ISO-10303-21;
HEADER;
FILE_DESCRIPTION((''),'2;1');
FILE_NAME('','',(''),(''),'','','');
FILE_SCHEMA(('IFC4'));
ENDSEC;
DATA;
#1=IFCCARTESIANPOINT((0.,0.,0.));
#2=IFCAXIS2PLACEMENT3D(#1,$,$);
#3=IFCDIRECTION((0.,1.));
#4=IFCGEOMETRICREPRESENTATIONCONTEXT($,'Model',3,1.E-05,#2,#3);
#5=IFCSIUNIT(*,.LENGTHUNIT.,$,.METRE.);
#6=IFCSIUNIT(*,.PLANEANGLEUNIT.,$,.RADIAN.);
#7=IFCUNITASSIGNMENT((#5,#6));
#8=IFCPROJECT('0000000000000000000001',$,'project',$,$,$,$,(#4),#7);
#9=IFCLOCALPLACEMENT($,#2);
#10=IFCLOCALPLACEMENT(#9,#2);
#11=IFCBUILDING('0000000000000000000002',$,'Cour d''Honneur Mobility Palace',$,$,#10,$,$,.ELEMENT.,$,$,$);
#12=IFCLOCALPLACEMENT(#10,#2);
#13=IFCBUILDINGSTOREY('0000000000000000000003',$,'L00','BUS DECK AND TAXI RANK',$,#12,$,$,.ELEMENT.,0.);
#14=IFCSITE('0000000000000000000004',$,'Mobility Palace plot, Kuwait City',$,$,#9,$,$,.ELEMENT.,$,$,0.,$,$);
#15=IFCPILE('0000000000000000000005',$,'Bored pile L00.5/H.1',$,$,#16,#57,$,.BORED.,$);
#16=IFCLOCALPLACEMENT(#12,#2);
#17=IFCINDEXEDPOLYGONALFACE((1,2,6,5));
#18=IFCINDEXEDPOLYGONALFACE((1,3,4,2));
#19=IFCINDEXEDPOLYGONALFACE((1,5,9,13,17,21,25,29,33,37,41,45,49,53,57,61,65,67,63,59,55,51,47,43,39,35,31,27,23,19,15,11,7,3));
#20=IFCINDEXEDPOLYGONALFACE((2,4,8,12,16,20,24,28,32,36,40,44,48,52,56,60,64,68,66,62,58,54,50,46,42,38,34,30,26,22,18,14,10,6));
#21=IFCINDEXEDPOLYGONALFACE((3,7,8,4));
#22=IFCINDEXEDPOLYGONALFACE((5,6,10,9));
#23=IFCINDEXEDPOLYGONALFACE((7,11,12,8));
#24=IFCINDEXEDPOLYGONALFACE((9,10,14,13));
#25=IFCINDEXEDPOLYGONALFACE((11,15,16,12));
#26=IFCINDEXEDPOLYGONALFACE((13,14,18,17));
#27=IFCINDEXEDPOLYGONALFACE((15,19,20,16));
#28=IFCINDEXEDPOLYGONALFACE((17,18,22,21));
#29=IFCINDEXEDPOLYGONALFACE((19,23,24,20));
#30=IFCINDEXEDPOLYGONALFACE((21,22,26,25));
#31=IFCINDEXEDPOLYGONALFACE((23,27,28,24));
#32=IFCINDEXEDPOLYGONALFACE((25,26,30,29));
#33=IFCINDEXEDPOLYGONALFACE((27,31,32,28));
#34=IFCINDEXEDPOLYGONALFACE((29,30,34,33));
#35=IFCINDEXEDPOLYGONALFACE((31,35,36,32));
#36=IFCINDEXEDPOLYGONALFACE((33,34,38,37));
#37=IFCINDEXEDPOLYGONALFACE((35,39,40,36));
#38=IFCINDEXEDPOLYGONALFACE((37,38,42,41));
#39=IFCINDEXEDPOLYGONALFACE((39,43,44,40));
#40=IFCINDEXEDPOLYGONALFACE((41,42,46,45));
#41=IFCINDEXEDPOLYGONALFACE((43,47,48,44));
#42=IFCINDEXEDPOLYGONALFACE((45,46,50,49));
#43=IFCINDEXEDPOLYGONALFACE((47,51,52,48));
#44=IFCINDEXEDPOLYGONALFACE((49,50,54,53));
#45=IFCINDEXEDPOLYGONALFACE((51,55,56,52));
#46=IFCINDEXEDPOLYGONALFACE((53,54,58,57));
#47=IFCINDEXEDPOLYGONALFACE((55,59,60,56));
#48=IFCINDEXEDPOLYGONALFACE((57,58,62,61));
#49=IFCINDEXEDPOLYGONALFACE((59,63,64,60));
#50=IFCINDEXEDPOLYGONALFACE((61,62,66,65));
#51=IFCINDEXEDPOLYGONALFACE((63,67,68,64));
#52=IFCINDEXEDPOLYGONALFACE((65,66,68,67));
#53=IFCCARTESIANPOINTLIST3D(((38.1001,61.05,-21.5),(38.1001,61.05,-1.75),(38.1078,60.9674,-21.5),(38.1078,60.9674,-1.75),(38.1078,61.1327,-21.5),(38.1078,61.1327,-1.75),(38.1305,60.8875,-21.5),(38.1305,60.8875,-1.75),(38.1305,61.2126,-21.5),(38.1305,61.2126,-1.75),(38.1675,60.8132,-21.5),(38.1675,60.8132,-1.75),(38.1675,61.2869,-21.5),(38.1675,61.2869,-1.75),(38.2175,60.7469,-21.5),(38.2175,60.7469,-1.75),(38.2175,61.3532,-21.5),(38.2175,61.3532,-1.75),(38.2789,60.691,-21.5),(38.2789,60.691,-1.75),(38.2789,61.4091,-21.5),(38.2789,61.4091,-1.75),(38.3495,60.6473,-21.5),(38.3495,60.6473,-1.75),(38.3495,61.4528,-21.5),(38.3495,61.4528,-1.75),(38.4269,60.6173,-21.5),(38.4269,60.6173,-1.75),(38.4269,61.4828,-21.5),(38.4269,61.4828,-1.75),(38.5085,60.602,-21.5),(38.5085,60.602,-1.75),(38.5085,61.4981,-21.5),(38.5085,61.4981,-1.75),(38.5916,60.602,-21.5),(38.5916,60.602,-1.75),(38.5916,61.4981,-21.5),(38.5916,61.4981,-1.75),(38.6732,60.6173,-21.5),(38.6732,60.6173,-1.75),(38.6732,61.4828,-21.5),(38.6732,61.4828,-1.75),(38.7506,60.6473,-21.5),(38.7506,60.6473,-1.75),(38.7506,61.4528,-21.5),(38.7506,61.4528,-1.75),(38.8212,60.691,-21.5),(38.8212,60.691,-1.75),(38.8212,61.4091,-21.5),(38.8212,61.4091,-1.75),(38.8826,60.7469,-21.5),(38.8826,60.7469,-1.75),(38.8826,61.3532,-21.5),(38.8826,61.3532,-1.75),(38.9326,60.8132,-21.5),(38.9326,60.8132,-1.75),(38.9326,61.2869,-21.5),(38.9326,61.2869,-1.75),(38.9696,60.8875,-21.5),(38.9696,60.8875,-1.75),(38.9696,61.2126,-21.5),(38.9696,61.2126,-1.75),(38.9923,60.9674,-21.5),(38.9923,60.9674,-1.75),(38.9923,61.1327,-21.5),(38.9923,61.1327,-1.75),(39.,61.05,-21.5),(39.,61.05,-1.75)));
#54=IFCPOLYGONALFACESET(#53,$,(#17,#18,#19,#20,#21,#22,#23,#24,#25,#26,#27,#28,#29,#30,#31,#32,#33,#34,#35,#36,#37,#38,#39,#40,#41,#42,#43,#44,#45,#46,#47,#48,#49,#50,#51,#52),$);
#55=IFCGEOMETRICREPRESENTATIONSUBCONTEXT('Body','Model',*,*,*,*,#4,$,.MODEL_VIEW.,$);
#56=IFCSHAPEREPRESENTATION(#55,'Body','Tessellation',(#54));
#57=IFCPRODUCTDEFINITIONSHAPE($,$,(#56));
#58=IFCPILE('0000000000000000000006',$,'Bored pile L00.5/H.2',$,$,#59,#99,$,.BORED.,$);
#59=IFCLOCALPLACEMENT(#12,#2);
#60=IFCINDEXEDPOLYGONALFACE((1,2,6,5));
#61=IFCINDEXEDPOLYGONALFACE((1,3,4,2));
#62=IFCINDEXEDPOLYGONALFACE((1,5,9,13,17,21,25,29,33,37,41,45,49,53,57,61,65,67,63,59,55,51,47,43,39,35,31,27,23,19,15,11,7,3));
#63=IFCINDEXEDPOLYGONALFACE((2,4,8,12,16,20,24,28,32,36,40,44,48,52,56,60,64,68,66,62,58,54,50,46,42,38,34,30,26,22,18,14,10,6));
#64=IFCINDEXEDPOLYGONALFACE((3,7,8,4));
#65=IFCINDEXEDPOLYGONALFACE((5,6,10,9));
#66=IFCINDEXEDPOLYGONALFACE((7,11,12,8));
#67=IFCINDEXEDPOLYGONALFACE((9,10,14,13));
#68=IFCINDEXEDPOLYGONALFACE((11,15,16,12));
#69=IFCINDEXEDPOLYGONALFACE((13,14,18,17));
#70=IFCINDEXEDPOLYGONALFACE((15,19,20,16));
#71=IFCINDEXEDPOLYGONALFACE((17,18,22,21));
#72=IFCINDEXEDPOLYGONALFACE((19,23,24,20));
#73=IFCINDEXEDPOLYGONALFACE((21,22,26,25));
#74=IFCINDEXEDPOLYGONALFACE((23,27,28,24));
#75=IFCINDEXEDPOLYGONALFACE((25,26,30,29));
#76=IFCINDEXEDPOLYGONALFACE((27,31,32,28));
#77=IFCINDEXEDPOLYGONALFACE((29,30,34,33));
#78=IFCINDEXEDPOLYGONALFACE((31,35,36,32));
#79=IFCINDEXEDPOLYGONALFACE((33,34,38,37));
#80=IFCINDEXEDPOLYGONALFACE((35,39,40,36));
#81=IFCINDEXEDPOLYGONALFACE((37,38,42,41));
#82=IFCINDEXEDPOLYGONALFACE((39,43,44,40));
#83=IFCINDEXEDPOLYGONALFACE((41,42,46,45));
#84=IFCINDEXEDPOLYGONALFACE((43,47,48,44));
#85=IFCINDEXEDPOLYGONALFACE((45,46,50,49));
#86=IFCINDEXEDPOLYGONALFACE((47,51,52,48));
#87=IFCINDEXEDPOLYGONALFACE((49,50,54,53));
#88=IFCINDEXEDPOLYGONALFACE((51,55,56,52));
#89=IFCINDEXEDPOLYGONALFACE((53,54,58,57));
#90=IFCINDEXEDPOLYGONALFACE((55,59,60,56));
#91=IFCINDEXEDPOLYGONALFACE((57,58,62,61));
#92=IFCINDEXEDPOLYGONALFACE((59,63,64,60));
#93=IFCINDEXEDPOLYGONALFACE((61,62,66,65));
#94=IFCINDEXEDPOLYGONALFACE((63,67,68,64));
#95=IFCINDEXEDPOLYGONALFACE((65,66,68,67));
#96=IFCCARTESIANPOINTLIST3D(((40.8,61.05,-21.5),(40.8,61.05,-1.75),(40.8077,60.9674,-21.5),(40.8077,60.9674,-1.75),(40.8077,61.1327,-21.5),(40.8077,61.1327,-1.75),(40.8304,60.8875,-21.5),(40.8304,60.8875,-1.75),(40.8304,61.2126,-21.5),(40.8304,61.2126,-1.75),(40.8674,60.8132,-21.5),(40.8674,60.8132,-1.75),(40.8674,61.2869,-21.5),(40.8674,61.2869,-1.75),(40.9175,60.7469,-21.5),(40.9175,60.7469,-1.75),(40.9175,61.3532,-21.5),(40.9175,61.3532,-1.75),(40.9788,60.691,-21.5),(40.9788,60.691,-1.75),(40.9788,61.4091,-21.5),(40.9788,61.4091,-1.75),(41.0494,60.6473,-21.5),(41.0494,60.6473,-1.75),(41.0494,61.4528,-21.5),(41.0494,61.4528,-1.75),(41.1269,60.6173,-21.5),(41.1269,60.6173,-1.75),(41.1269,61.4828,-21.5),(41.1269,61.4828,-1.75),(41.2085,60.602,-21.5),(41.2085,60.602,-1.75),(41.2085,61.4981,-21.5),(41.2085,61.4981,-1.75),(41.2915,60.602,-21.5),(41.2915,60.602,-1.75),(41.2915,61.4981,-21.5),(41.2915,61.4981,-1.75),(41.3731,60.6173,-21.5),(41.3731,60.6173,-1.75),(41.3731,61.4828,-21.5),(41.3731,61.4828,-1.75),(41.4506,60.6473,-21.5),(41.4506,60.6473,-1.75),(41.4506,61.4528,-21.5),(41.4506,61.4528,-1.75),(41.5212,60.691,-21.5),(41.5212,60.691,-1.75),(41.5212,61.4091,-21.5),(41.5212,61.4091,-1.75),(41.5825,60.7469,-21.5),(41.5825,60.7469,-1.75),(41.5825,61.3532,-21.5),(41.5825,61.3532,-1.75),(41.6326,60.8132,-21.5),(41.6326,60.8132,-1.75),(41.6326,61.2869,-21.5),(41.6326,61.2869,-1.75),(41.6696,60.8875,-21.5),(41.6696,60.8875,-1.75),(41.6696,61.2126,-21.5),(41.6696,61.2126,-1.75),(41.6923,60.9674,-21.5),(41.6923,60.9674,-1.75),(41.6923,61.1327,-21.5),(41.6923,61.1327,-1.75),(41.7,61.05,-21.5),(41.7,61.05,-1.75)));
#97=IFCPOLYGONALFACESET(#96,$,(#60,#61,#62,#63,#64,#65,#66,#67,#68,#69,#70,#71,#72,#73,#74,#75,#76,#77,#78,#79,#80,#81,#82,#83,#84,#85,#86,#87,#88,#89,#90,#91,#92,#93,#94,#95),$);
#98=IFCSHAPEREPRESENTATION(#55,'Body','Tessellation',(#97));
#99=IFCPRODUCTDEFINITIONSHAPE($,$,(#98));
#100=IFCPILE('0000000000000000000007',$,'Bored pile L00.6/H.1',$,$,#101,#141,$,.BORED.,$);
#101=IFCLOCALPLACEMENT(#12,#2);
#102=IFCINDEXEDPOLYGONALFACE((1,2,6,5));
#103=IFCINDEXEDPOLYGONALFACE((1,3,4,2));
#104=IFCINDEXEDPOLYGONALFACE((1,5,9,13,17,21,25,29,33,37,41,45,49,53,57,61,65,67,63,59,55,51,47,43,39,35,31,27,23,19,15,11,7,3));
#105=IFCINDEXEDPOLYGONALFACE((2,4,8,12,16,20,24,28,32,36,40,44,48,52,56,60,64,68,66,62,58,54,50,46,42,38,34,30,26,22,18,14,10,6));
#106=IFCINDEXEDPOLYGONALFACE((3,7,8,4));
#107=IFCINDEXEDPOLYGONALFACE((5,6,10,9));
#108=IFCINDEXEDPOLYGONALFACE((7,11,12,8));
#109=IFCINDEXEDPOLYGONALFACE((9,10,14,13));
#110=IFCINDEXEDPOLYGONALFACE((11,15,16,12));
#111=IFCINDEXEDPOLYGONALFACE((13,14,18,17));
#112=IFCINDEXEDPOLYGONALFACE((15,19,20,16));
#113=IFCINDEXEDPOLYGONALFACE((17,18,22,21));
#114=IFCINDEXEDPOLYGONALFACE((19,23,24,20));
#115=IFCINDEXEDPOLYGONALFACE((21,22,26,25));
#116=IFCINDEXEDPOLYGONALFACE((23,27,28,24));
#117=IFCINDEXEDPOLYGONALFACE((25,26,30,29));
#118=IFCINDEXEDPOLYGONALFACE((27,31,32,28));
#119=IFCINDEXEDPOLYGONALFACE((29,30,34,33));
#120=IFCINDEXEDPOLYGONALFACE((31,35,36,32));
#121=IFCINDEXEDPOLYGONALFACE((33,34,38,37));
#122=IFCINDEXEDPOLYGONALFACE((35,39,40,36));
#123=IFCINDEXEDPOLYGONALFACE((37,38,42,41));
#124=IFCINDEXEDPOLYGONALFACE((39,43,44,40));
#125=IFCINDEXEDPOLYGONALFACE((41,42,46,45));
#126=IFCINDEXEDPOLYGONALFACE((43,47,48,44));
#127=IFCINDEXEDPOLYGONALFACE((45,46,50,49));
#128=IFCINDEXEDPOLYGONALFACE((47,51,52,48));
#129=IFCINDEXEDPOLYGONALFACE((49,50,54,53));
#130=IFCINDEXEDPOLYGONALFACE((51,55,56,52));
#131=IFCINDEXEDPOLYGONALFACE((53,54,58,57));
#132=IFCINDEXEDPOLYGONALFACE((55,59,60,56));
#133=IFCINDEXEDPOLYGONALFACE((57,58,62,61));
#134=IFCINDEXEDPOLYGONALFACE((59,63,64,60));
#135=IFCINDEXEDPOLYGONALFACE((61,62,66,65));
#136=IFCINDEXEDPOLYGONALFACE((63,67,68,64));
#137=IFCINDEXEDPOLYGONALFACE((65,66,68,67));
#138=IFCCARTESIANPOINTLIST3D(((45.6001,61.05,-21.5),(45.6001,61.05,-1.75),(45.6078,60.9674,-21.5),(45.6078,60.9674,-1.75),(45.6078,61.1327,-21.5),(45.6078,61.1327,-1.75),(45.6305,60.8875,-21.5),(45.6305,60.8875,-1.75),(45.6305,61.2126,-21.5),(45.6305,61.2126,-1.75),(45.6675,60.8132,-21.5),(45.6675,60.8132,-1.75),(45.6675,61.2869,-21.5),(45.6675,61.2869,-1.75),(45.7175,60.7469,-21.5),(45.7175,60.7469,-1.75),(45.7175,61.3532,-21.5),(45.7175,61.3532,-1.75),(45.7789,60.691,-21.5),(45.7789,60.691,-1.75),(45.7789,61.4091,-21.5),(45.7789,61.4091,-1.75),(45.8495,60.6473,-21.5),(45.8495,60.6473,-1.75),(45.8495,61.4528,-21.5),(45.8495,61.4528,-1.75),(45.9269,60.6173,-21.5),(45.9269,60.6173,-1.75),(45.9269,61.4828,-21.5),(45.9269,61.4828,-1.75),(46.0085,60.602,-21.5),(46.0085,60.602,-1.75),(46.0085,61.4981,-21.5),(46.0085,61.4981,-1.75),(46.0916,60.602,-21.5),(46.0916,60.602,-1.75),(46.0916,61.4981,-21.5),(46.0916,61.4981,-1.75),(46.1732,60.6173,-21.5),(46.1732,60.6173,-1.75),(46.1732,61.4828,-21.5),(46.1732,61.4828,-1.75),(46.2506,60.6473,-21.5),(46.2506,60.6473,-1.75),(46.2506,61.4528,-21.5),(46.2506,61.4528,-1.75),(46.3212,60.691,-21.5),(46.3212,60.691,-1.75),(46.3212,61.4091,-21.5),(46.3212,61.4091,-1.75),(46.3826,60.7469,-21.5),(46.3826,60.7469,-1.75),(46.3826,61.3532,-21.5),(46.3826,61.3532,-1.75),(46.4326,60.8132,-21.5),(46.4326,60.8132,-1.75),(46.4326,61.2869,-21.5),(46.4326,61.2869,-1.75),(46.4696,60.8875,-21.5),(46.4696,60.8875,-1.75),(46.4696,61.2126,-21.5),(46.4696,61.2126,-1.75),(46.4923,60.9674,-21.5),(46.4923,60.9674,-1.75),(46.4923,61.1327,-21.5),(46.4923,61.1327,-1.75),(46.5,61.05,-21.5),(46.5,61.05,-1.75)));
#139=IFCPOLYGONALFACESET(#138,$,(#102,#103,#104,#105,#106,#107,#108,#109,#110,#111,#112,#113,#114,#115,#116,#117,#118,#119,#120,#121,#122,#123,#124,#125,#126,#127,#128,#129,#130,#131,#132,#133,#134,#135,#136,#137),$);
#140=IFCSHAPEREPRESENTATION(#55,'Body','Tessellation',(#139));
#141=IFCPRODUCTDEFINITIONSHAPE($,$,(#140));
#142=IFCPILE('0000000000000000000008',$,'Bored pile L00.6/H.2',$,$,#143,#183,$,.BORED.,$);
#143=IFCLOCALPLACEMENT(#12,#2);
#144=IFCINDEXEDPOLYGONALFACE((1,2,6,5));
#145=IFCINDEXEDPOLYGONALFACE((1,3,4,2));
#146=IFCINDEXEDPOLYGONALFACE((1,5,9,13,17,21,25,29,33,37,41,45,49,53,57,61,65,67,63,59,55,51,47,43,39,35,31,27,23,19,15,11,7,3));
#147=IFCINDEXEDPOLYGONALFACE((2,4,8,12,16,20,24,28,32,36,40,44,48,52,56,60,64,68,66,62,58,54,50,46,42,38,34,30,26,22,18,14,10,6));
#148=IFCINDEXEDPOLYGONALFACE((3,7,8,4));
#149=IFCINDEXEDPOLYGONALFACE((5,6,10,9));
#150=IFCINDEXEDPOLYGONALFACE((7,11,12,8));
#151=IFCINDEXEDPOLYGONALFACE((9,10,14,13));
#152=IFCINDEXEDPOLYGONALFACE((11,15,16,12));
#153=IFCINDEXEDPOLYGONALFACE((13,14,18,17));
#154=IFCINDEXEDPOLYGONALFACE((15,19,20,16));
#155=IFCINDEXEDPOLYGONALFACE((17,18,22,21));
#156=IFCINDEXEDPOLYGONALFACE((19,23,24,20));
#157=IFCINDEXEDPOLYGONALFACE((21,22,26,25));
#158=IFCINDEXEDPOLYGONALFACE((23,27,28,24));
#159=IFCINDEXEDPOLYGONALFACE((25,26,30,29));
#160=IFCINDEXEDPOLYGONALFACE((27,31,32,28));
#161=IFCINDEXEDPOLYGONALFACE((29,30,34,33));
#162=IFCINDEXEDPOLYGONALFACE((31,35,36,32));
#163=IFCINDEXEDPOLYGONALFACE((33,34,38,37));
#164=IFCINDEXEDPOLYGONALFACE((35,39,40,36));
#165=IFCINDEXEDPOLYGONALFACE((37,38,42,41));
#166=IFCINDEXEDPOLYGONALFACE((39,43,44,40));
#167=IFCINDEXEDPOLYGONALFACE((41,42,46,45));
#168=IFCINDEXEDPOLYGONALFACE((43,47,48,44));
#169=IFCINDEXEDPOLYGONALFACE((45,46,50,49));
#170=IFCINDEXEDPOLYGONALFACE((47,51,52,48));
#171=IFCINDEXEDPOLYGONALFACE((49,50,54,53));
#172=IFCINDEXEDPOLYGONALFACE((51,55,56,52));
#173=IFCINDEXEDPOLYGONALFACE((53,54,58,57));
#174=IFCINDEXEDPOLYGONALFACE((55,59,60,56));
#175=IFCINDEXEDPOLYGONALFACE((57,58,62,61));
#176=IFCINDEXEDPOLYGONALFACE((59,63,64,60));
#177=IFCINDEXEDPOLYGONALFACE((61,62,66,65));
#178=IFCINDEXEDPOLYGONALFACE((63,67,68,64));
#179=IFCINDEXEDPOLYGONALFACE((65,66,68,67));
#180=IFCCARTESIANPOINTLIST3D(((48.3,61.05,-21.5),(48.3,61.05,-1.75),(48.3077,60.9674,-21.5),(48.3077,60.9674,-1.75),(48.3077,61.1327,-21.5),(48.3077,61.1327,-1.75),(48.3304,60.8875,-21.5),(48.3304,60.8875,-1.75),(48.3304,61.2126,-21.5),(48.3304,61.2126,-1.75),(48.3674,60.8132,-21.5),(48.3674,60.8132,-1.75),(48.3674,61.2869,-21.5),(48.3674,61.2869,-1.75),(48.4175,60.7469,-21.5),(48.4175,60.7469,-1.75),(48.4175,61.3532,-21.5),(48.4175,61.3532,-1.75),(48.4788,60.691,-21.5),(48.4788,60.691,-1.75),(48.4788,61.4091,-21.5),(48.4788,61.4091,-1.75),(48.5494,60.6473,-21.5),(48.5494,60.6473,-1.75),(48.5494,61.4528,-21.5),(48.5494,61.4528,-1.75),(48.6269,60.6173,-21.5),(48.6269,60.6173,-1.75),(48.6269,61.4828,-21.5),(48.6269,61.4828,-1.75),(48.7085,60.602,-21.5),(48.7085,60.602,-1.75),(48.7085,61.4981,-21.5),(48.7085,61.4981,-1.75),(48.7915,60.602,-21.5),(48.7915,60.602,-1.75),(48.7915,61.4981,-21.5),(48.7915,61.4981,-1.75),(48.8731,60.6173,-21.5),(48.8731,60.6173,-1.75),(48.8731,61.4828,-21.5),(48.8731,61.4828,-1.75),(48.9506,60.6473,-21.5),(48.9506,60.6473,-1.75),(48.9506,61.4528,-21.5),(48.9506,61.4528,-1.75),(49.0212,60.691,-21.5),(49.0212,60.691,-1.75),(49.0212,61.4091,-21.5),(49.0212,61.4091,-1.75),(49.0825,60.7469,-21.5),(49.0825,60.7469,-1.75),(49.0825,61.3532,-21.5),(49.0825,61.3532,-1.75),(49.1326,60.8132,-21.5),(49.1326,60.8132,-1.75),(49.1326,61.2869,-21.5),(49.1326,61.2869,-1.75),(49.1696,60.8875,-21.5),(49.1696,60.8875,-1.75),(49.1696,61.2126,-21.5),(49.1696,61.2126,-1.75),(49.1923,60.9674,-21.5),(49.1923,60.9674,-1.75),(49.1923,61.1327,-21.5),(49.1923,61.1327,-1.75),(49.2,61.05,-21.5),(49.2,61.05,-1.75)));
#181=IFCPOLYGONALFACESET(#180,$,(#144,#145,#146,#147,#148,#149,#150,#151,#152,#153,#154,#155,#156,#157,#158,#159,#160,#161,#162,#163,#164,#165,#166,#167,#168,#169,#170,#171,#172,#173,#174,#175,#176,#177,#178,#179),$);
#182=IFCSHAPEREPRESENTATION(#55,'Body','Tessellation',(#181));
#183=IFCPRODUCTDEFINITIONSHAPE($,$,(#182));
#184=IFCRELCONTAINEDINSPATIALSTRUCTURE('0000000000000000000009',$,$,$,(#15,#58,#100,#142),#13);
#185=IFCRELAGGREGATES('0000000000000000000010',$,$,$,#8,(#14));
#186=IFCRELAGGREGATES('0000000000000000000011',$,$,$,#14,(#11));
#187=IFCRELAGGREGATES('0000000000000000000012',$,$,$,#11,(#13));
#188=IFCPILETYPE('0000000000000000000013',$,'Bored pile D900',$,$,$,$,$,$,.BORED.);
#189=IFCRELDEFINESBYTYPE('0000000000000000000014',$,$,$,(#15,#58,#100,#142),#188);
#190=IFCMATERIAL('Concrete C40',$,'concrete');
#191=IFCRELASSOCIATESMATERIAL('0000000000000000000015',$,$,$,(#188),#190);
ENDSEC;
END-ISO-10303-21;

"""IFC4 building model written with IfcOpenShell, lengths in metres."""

from ifc_helpers import new_model, si_unit, direction, frame, origin, origin_2d, place, context, subcontext, project, spatial, circle, extrude, material, material_profile, profile_set, type_object, element, save


model = new_model("IFC4")

# Units and contexts
model_context = context("Model", 3, precision=1e-05, world=origin(), true_north=direction((0.0, 1.0)))
body_context = subcontext(model_context, "Body", "Model", "MODEL_VIEW")
ifc_project = project(units=[si_unit("LENGTHUNIT", "METRE"), si_unit("PLANEANGLEUNIT", "RADIAN")], contexts=[model_context])

# Site, building, storey
site_placement = place(None, origin())
site = spatial("IfcSite", under=ifc_project, at=site_placement, Name="Mobility Palace plot, Kuwait City", CompositionType="ELEMENT", RefElevation=0.0)
building_placement = place(site_placement, origin())
building = spatial("IfcBuilding", under=site, at=building_placement, Name="Cour d'Honneur Mobility Palace", CompositionType="ELEMENT")
storey_placement = place(building_placement, origin())
storey = spatial("IfcBuildingStorey", under=building, at=storey_placement, Name="L00", Description="BUS DECK AND TAXI RANK", CompositionType="ELEMENT", Elevation=0.0)

# Piles
ifc_material_1 = material(Name="Concrete C40", Category="concrete")
ifc_material_profile = material_profile(ifc_material_1, circle(Radius=0.45, at=origin_2d()), Name="Bored pile D900")
ifc_profile_set = profile_set([ifc_material_profile], Name="Concrete C40")
pile_type = type_object("IfcPileType", Name="Bored pile D900", PredefinedType="BORED", material=ifc_profile_set)
for number, where, z_axis, x_axis, name in (
    (1, (38.55, 61.05, -1.75), (0.0, 0.0, -1.0), (1.0, 0.0, 0.0), "Bored pile L00.5/H.1"),
    (2, (41.25, 61.05, -1.75), (0.0, 0.0, -1.0), (1.0, 0.0, 0.0), "Bored pile L00.5/H.2"),
    (3, (46.05, 61.05, -1.75), (0.0, 0.0, -1.0), (1.0, 0.0, 0.0), "Bored pile L00.6/H.1"),
    (4, (48.75, 61.05, -1.75), (0.0, 0.0, -1.0), (1.0, 0.0, 0.0), "Bored pile L00.6/H.2"),
):
    element("IfcPile", number, at=place(storey_placement, frame(where, z_axis=z_axis, x_axis=x_axis)), inside=storey, type_object=pile_type, Name=name, PredefinedType="BORED", context=body_context, shape_type="SweptSolid", body=[
        extrude(circle(Radius=0.45, at=origin_2d()), origin(), (0.0, 0.0, 1.0), 19.75),
    ])

save(model, "model.ifc")
